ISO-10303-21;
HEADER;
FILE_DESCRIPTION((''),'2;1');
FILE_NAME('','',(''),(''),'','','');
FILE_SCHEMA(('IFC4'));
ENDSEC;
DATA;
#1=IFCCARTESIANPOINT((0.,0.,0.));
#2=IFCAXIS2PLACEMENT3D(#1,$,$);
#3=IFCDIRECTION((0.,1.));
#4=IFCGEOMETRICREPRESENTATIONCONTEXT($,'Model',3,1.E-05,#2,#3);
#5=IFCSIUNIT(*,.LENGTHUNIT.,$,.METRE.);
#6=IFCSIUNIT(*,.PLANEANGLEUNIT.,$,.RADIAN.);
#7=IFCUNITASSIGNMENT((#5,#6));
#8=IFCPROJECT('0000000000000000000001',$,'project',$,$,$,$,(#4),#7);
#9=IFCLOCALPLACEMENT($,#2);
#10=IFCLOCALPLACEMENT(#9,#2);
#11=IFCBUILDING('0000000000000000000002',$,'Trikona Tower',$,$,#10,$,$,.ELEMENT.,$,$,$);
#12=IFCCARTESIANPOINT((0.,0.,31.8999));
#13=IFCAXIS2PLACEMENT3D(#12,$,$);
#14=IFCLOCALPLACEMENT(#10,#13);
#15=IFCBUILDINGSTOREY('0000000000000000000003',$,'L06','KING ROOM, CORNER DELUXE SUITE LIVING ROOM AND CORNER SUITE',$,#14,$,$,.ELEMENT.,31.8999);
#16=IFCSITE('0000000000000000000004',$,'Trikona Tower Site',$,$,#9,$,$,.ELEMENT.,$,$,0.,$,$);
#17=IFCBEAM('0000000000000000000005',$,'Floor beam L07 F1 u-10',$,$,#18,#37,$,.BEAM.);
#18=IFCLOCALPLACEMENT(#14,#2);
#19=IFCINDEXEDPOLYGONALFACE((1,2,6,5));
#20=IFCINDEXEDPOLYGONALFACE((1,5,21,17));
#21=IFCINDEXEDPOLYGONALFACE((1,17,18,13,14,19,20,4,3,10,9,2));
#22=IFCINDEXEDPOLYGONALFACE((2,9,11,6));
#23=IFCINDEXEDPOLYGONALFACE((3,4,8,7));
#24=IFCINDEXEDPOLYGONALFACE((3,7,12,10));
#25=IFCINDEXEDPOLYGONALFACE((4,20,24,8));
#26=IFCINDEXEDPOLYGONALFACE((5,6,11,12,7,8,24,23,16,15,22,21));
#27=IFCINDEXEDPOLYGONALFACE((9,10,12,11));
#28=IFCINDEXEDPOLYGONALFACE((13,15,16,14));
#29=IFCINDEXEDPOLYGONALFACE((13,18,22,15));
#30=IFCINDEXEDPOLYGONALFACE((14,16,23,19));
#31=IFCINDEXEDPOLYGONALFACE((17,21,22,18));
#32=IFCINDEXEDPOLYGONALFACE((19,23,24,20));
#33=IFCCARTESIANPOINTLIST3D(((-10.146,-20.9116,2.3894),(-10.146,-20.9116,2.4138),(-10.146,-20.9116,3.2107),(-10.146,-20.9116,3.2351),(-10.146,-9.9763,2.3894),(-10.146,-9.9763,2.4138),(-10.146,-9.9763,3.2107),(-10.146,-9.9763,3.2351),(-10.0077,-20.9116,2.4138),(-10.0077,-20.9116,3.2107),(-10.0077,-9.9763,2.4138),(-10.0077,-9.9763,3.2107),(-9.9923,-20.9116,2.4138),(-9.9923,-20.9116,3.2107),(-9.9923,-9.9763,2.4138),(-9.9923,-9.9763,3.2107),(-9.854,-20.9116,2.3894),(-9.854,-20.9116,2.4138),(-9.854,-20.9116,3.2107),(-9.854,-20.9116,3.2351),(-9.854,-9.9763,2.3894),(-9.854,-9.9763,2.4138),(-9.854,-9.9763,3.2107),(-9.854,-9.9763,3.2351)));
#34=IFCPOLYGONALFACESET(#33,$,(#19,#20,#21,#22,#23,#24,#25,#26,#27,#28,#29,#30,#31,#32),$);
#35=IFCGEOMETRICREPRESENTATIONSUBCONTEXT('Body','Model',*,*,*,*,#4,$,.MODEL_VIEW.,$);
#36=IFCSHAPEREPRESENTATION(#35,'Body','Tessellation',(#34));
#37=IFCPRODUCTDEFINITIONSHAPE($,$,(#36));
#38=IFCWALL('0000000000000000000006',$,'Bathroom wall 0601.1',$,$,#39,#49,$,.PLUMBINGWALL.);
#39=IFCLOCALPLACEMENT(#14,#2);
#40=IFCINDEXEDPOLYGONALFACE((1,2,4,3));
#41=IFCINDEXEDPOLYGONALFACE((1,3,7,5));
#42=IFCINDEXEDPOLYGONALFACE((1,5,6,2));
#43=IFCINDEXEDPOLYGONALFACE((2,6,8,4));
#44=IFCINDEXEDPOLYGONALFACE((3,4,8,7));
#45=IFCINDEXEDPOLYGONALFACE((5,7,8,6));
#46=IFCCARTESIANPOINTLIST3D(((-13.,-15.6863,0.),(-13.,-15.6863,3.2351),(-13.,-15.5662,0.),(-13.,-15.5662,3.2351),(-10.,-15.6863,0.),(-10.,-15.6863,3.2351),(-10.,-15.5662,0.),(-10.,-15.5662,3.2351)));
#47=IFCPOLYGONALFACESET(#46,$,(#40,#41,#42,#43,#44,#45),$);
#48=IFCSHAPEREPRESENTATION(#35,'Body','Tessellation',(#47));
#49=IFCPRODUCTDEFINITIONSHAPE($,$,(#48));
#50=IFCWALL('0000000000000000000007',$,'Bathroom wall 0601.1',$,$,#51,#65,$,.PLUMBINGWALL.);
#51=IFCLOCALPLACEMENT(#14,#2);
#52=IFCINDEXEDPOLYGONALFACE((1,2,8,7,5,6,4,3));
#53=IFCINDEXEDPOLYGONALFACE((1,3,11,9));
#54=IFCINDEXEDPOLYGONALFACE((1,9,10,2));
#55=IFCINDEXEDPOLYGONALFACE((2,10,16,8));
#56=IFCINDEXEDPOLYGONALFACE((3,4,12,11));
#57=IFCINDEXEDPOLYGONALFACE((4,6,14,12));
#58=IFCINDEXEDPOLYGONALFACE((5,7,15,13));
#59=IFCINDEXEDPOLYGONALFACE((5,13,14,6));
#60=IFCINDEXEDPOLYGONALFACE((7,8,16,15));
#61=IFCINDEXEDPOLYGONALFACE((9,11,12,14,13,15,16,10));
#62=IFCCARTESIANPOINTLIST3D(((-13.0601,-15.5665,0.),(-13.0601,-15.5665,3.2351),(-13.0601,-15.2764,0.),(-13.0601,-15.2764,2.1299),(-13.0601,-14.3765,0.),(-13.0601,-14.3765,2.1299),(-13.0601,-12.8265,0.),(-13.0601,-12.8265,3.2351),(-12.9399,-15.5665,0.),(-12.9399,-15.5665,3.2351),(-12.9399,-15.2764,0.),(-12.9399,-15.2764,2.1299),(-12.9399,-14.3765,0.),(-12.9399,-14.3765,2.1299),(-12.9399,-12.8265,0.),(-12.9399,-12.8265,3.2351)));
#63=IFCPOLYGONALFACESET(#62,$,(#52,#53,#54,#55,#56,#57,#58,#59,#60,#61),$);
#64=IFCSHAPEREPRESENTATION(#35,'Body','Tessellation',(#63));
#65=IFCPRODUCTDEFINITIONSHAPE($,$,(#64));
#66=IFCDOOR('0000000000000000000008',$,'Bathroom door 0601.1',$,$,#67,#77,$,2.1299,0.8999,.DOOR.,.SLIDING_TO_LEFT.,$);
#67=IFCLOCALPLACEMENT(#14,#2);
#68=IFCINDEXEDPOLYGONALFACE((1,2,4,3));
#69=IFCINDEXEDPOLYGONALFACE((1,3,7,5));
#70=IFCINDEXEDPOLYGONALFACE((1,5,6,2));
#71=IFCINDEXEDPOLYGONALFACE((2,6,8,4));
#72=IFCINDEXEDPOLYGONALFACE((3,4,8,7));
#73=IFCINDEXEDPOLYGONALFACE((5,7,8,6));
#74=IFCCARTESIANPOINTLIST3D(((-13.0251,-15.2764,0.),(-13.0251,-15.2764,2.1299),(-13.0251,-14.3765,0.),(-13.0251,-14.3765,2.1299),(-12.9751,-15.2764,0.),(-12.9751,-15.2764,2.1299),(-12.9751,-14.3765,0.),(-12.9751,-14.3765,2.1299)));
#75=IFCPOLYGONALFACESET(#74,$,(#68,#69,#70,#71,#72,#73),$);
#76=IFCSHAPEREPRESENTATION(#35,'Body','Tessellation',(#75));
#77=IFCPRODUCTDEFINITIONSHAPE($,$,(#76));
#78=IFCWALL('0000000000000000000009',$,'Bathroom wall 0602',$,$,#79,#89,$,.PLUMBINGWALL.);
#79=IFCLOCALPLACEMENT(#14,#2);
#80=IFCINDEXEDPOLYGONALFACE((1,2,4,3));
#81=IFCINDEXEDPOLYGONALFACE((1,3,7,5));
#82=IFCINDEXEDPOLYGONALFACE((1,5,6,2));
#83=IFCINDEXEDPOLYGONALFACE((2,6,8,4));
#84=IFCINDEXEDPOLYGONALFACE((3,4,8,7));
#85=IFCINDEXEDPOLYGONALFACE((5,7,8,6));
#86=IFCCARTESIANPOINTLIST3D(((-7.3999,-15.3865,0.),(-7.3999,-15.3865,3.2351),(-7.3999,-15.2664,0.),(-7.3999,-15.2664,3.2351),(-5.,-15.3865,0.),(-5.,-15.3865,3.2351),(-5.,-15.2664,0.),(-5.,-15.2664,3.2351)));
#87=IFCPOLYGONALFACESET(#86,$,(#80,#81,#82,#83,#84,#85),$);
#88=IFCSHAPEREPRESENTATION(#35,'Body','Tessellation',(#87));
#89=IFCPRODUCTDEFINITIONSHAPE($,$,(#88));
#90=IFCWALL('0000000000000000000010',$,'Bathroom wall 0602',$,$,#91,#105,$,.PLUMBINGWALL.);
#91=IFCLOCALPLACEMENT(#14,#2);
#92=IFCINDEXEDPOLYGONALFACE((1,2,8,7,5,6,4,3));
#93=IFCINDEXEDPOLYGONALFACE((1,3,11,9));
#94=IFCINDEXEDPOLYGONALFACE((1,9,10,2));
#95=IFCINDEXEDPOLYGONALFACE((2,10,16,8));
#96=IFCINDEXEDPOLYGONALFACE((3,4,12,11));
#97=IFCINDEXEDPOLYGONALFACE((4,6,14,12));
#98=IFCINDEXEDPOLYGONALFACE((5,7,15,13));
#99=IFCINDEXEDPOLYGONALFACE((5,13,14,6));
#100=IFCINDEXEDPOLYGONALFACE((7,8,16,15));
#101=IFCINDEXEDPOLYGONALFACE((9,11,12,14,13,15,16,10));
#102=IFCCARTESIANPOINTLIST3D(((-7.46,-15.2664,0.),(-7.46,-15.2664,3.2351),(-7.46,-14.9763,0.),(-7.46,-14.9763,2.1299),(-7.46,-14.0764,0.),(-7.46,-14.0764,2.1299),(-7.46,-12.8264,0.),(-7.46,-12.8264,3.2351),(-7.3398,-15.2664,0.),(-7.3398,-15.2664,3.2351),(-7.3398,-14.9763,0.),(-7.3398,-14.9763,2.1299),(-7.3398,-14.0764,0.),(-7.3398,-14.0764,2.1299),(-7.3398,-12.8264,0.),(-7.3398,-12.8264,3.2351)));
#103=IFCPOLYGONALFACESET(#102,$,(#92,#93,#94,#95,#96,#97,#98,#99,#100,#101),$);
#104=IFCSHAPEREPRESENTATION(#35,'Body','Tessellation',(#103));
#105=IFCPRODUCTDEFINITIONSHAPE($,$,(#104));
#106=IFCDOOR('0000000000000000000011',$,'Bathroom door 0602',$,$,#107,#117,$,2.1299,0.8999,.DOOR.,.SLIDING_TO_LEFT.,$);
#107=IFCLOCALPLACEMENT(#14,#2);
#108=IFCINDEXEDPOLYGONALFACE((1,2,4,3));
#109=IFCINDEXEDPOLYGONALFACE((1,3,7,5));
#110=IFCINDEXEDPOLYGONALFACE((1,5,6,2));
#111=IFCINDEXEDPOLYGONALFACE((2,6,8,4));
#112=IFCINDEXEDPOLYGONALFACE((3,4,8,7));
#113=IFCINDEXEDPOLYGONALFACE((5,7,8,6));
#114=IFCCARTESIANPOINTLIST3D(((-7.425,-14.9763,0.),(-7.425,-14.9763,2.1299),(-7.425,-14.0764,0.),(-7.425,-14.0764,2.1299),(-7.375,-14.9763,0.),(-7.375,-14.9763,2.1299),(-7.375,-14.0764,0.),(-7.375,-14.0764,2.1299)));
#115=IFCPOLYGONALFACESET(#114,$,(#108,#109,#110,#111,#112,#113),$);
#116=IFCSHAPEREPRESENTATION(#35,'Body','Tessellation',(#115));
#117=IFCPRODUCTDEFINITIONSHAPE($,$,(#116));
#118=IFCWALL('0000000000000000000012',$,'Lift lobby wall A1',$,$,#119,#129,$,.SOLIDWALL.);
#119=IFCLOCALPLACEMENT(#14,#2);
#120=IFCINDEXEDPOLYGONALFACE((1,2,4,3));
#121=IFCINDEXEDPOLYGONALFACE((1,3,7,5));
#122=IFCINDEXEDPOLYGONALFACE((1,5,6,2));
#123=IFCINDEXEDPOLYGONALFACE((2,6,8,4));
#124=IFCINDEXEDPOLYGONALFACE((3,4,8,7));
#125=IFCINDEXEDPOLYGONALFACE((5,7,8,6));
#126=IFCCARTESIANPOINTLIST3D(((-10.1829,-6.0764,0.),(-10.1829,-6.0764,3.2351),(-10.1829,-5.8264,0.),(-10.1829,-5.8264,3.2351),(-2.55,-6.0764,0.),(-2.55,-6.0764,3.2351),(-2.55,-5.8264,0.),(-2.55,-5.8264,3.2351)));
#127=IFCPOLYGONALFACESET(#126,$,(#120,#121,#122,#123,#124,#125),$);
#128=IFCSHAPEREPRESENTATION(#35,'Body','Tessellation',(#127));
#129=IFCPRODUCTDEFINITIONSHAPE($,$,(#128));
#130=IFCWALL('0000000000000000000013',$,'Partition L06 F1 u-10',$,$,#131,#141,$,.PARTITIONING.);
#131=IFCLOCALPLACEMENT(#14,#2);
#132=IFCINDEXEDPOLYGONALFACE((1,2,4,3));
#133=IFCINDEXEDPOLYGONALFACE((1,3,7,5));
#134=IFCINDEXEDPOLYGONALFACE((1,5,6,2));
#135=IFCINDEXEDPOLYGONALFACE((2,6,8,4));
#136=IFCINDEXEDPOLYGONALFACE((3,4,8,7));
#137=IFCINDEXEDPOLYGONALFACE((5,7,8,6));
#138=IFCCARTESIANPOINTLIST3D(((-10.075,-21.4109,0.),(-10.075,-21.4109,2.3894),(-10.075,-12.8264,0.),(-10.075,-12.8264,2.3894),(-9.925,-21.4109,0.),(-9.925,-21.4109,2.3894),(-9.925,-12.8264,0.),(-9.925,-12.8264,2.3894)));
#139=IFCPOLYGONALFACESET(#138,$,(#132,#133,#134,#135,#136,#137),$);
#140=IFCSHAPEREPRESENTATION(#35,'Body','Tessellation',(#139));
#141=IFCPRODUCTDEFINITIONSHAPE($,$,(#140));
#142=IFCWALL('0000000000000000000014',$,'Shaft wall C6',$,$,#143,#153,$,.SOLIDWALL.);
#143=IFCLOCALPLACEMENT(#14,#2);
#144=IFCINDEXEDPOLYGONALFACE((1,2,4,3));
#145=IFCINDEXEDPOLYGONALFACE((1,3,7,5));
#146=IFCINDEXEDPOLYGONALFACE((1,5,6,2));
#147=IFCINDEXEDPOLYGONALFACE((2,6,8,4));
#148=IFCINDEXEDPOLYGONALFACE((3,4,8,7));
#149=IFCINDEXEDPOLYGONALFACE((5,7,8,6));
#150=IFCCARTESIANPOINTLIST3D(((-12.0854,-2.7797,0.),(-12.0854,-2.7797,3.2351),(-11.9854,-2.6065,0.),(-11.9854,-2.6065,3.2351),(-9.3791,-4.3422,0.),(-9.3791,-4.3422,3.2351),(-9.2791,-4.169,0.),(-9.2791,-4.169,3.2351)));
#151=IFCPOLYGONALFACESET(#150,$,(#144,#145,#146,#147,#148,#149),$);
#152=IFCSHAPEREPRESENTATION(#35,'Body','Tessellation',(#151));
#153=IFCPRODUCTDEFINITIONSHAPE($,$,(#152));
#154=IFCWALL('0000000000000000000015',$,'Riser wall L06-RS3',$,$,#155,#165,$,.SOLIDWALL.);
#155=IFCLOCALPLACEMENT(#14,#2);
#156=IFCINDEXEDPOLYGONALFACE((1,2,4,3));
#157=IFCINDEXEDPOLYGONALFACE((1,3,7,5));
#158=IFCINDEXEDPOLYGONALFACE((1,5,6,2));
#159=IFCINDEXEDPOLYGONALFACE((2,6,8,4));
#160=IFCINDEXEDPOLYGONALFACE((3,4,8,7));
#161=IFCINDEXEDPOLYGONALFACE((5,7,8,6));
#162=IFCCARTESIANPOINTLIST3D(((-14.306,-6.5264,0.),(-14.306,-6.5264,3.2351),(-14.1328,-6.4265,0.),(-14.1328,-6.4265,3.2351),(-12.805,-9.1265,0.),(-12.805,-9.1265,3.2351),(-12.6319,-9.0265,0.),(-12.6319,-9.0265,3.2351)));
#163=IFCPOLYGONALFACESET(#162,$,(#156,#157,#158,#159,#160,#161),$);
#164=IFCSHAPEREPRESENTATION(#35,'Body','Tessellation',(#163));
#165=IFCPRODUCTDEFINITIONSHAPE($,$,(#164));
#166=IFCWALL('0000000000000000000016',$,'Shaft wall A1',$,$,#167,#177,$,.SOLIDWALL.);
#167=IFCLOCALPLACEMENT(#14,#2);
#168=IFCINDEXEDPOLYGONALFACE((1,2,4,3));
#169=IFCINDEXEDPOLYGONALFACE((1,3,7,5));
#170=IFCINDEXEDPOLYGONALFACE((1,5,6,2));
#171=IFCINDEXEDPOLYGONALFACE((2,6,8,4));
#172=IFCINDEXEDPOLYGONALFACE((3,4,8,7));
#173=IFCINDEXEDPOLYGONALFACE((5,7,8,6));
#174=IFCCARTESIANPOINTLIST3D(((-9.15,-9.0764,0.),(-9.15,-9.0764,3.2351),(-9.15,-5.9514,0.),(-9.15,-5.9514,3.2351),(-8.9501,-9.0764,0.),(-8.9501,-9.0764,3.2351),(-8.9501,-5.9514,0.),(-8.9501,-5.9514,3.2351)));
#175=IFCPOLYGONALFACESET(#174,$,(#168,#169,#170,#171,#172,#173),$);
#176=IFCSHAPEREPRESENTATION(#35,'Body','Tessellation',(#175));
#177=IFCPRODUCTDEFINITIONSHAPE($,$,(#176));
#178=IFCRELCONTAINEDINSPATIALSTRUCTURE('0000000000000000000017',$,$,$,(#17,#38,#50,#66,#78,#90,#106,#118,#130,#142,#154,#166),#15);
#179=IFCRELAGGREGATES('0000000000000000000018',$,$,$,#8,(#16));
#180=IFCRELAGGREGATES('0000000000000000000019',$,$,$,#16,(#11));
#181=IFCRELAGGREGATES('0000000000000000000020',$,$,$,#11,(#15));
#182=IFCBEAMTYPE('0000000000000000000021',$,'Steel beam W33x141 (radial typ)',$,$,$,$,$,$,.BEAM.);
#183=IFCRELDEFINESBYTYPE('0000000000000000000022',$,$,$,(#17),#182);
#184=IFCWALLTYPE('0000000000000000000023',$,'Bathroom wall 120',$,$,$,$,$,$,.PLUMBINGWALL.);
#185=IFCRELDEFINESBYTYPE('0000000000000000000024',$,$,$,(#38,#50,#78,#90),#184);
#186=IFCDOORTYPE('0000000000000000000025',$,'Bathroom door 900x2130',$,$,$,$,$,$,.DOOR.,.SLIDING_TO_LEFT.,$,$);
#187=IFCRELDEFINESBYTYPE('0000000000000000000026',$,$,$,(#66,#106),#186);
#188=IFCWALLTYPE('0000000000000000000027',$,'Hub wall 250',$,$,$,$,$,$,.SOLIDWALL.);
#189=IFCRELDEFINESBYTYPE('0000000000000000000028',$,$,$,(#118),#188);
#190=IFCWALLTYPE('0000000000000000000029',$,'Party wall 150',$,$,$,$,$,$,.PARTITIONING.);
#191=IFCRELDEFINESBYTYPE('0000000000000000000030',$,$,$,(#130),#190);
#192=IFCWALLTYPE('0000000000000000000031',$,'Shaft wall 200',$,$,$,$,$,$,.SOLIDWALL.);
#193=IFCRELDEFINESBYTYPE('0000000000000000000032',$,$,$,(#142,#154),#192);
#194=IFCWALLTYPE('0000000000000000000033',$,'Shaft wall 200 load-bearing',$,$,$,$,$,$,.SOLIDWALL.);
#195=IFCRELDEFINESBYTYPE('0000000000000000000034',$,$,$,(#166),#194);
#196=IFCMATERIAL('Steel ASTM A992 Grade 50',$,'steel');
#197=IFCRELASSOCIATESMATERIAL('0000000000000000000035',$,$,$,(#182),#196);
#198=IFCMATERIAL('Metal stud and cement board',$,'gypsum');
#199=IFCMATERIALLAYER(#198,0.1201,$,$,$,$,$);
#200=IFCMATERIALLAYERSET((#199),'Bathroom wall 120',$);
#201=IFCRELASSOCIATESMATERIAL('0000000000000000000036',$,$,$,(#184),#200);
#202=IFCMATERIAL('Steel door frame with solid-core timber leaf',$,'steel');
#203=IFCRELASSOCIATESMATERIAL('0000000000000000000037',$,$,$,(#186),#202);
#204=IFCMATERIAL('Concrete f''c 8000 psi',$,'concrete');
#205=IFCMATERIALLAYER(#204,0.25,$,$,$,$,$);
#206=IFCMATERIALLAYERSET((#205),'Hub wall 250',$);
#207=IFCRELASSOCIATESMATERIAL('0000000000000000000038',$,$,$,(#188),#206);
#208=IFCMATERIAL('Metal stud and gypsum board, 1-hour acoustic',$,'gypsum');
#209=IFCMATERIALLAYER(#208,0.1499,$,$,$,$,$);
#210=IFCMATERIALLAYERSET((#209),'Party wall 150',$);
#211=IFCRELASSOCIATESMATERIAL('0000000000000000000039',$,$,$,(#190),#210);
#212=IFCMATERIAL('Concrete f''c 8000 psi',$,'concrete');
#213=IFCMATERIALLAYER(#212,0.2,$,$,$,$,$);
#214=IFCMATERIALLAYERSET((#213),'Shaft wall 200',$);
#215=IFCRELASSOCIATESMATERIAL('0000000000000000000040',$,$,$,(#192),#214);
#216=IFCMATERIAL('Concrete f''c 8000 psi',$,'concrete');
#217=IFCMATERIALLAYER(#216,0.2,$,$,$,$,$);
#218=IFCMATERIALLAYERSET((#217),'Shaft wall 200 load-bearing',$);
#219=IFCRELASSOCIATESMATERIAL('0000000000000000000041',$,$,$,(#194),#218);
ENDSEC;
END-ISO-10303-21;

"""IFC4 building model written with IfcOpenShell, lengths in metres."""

from ifc_helpers import new_model, si_unit, direction, frame, frame_2d, origin, origin_2d, place, context, subcontext, project, spatial, rectangle, i_section, extrude, material, layer, layer_set, material_profile, profile_set, type_object, element, fill, save


model = new_model("IFC4")

# Units and contexts
model_context = context("Model", 3, precision=1e-05, world=origin(), true_north=direction((0.0, 1.0)))
body_context = subcontext(model_context, "Body", "Model", "MODEL_VIEW")
ifc_project = project(units=[si_unit("LENGTHUNIT", "METRE"), si_unit("PLANEANGLEUNIT", "RADIAN")], contexts=[model_context])

# Site, building, storey
site_placement = place(None, origin())
site = spatial("IfcSite", under=ifc_project, at=site_placement, Name="Trikona Tower Site", CompositionType="ELEMENT", RefElevation=0.0)
building_placement = place(site_placement, origin())
building = spatial("IfcBuilding", under=site, at=building_placement, Name="Trikona Tower", CompositionType="ELEMENT")
storey_placement = place(building_placement, frame((0.0, 0.0, 31.8999)))
storey = spatial("IfcBuildingStorey", under=building, at=storey_placement, Name="L06", Description="KING ROOM, CORNER DELUXE SUITE LIVING ROOM AND CORNER SUITE", CompositionType="ELEMENT", Elevation=31.8999)

# Beam
ifc_material_1 = material(Name="Steel ASTM A992 Grade 50", Category="steel")
ifc_material_profile = material_profile(ifc_material_1, i_section(OverallWidth=0.292, OverallDepth=0.8457, WebThickness=0.0154, FlangeThickness=0.0244, at=origin_2d()), Name="W33X141")
ifc_profile_set = profile_set([ifc_material_profile], Name="Steel ASTM A992 Grade 50")
beam_type = type_object("IfcBeamType", Name="Steel beam W33x141 (radial typ)", PredefinedType="BEAM", material=ifc_profile_set)
beam_placement = place(storey_placement, frame((-10.0, -9.9763, 2.8123), z_axis=(0.0, -1.0, 0.0), x_axis=(1.0, 0.0, 0.0)))
element("IfcBeam", 1, at=beam_placement, inside=storey, type_object=beam_type, Name="Floor beam L07 F1 u-10", PredefinedType="BEAM", context=body_context, shape_type="SweptSolid", body=[
    extrude(i_section(OverallWidth=0.292, OverallDepth=0.8457, WebThickness=0.0154, FlangeThickness=0.0244, at=origin_2d()), origin(), (0.0, 0.0, 1.0), 10.9353),
])

# Wall
ifc_material_2 = material(Name="Metal stud and cement board", Category="gypsum")
ifc_layer_1 = layer(ifc_material_2, 0.1201)
ifc_layer_set_1 = layer_set([ifc_layer_1], Name="Bathroom wall 120")
wall_type_1 = type_object("IfcWallType", Name="Bathroom wall 120", PredefinedType="PLUMBINGWALL", material=ifc_layer_set_1)
wall_1_placement = place(storey_placement, frame((-13.0, -15.6262, 0.0), z_axis=(0.0, 0.0, 1.0), x_axis=(1.0, 0.0, 0.0)))
element("IfcWall", 2, at=wall_1_placement, inside=storey, type_object=wall_type_1, Name="Bathroom wall 0601.1", PredefinedType="PLUMBINGWALL", context=body_context, shape_type="SweptSolid", body=[
    extrude(rectangle(XDim=3.0, YDim=0.1201, at=frame_2d((1.5, 0.0))), origin(), (0.0, 0.0, 1.0), 3.2351),
])

# Wall, opening, door
wall_2_placement = place(storey_placement, frame((-13.0, -12.8264, 0.0), z_axis=(0.0, 0.0, 1.0), x_axis=(0.0, -1.0, 0.0)))
wall_2 = element("IfcWall", 3, at=wall_2_placement, inside=storey, type_object=wall_type_1, Name="Bathroom wall 0601.1", PredefinedType="PLUMBINGWALL", context=body_context, shape_type="SweptSolid", body=[
    extrude(rectangle(XDim=2.74, YDim=0.1201, at=frame_2d((1.3701, 0.0))), origin(), (0.0, 0.0, 1.0), 3.2351),
])
opening_1_placement = place(wall_2_placement, frame((1.55, 0.0, 0.0)))
opening_1 = element("IfcOpeningElement", 4, at=opening_1_placement, cuts=wall_2, PredefinedType="OPENING", context=body_context, shape_type="SweptSolid", body=[
    extrude(rectangle(XDim=0.8999, YDim=2.1299, at=frame_2d((0.45, 1.0649))), frame((0.0, 0.0701, 0.0), z_axis=(0.0, -1.0, 0.0), x_axis=(1.0, 0.0, 0.0)), (0.0, 0.0, 1.0), 0.1401),
])
ifc_material_3 = material(Name="Steel door frame with solid-core timber leaf", Category="steel")
door_type_1 = type_object("IfcDoorType", Name="Bathroom door 900x2130", OperationType="SLIDING_TO_LEFT", PredefinedType="DOOR", material=ifc_material_3)
door_1_placement = place(opening_1_placement, origin())
door_1 = element("IfcDoor", 5, at=door_1_placement, inside=storey, type_object=door_type_1, Name="Bathroom door 0601.1", OperationType="SLIDING_TO_LEFT", OverallHeight=2.1299, OverallWidth=0.8999, PredefinedType="DOOR", context=body_context, shape_type="SweptSolid", body=[
    extrude(rectangle(XDim=0.8999, YDim=2.1299, at=frame_2d((0.45, 1.0649))), frame((0.0, 0.0249, 0.0), z_axis=(0.0, -1.0, 0.0), x_axis=(1.0, 0.0, 0.0)), (0.0, 0.0, 1.0), 0.05),
])
fill(opening_1, door_1)

# Wall
wall_3_placement = place(storey_placement, frame((-7.3999, -15.3264, 0.0), z_axis=(0.0, 0.0, 1.0), x_axis=(1.0, 0.0, 0.0)))
element("IfcWall", 6, at=wall_3_placement, inside=storey, type_object=wall_type_1, Name="Bathroom wall 0602", PredefinedType="PLUMBINGWALL", context=body_context, shape_type="SweptSolid", body=[
    extrude(rectangle(XDim=2.3999, YDim=0.1201, at=frame_2d((1.2, 0.0))), origin(), (0.0, 0.0, 1.0), 3.2351),
])

# Wall, opening, door
wall_4_placement = place(storey_placement, frame((-7.3999, -12.8264, 0.0), z_axis=(0.0, 0.0, 1.0), x_axis=(0.0, -1.0, 0.0)))
wall_4 = element("IfcWall", 7, at=wall_4_placement, inside=storey, type_object=wall_type_1, Name="Bathroom wall 0602", PredefinedType="PLUMBINGWALL", context=body_context, shape_type="SweptSolid", body=[
    extrude(rectangle(XDim=2.4399, YDim=0.1201, at=frame_2d((1.22, 0.0))), origin(), (0.0, 0.0, 1.0), 3.2351),
])
opening_2_placement = place(wall_4_placement, frame((1.25, 0.0, 0.0)))
opening_2 = element("IfcOpeningElement", 8, at=opening_2_placement, cuts=wall_4, PredefinedType="OPENING", context=body_context, shape_type="SweptSolid", body=[
    extrude(rectangle(XDim=0.8999, YDim=2.1299, at=frame_2d((0.45, 1.0649))), frame((0.0, 0.0701, 0.0), z_axis=(0.0, -1.0, 0.0), x_axis=(1.0, 0.0, 0.0)), (0.0, 0.0, 1.0), 0.1401),
])
door_2_placement = place(opening_2_placement, origin())
door_2 = element("IfcDoor", 9, at=door_2_placement, inside=storey, type_object=door_type_1, Name="Bathroom door 0602", OperationType="SLIDING_TO_LEFT", OverallHeight=2.1299, OverallWidth=0.8999, PredefinedType="DOOR", context=body_context, shape_type="SweptSolid", body=[
    extrude(rectangle(XDim=0.8999, YDim=2.1299, at=frame_2d((0.45, 1.0649))), frame((0.0, 0.0249, 0.0), z_axis=(0.0, -1.0, 0.0), x_axis=(1.0, 0.0, 0.0)), (0.0, 0.0, 1.0), 0.05),
])
fill(opening_2, door_2)

# Walls
ifc_material_4 = material(Name="Concrete f'c 8000 psi", Category="concrete")
ifc_layer_2 = layer(ifc_material_4, 0.25)
ifc_layer_set_2 = layer_set([ifc_layer_2], Name="Hub wall 250")
wall_type_2 = type_object("IfcWallType", Name="Hub wall 250", PredefinedType="SOLIDWALL", material=ifc_layer_set_2)
wall_5_placement = place(storey_placement, frame((-10.1829, -5.9514, 0.0), z_axis=(0.0, 0.0, 1.0), x_axis=(1.0, 0.0, 0.0)))
element("IfcWall", 10, at=wall_5_placement, inside=storey, type_object=wall_type_2, Name="Lift lobby wall A1", PredefinedType="SOLIDWALL", context=body_context, shape_type="SweptSolid", body=[
    extrude(rectangle(XDim=7.6328, YDim=0.25, at=frame_2d((3.8164, 0.0))), origin(), (0.0, 0.0, 1.0), 3.2351),
])
ifc_material_5 = material(Name="Metal stud and gypsum board, 1-hour acoustic", Category="gypsum")
ifc_layer_3 = layer(ifc_material_5, 0.1499)
ifc_layer_set_3 = layer_set([ifc_layer_3], Name="Party wall 150")
wall_type_3 = type_object("IfcWallType", Name="Party wall 150", PredefinedType="PARTITIONING", material=ifc_layer_set_3)
wall_6_placement = place(storey_placement, frame((-10.0, -12.8264, 0.0), z_axis=(0.0, 0.0, 1.0), x_axis=(0.0, -1.0, 0.0)))
element("IfcWall", 11, at=wall_6_placement, inside=storey, type_object=wall_type_3, Name="Partition L06 F1 u-10", PredefinedType="PARTITIONING", context=body_context, shape_type="SweptSolid", body=[
    extrude(rectangle(XDim=8.5845, YDim=0.1499, at=frame_2d((4.2922, 0.0))), origin(), (0.0, 0.0, 1.0), 2.3894),
])
ifc_material_6 = material(Name="Concrete f'c 8000 psi", Category="concrete")
ifc_layer_4 = layer(ifc_material_6, 0.2)
ifc_layer_set_4 = layer_set([ifc_layer_4], Name="Shaft wall 200")
wall_type_4 = type_object("IfcWallType", Name="Shaft wall 200", PredefinedType="SOLIDWALL", material=ifc_layer_set_4)
wall_7_placement = place(storey_placement, frame((-9.3291, -4.2556, 0.0), z_axis=(0.0, 0.0, 1.0), x_axis=(-0.866023, 0.500004, 0.0)))
element("IfcWall", 12, at=wall_7_placement, inside=storey, type_object=wall_type_4, Name="Shaft wall C6", PredefinedType="SOLIDWALL", context=body_context, shape_type="SweptSolid", body=[
    extrude(rectangle(XDim=3.125, YDim=0.2, at=frame_2d((1.5625, 0.0))), origin(), (0.0, 0.0, 1.0), 3.2351),
])
wall_8_placement = place(storey_placement, frame((-12.7185, -9.0764, 0.0), z_axis=(0.0, 0.0, 1.0), x_axis=(-0.499952, 0.866053, 0.0)))
element("IfcWall", 13, at=wall_8_placement, inside=storey, type_object=wall_type_4, Name="Riser wall L06-RS3", PredefinedType="SOLIDWALL", context=body_context, shape_type="SweptSolid", body=[
    extrude(rectangle(XDim=3.0022, YDim=0.2, at=frame_2d((1.501, 0.0))), origin(), (0.0, 0.0, 1.0), 3.2351),
])
ifc_material_7 = material(Name="Concrete f'c 8000 psi", Category="concrete")
ifc_layer_5 = layer(ifc_material_7, 0.2)
ifc_layer_set_5 = layer_set([ifc_layer_5], Name="Shaft wall 200 load-bearing")
wall_type_5 = type_object("IfcWallType", Name="Shaft wall 200 load-bearing", PredefinedType="SOLIDWALL", material=ifc_layer_set_5)
wall_9_placement = place(storey_placement, frame((-9.05, -5.9514, 0.0), z_axis=(0.0, 0.0, 1.0), x_axis=(0.0, -1.0, 0.0)))
element("IfcWall", 14, at=wall_9_placement, inside=storey, type_object=wall_type_5, Name="Shaft wall A1", PredefinedType="SOLIDWALL", context=body_context, shape_type="SweptSolid", body=[
    extrude(rectangle(XDim=3.125, YDim=0.2, at=frame_2d((1.5625, 0.0))), origin(), (0.0, 0.0, 1.0), 3.2351),
])

save(model, "model.ifc")
